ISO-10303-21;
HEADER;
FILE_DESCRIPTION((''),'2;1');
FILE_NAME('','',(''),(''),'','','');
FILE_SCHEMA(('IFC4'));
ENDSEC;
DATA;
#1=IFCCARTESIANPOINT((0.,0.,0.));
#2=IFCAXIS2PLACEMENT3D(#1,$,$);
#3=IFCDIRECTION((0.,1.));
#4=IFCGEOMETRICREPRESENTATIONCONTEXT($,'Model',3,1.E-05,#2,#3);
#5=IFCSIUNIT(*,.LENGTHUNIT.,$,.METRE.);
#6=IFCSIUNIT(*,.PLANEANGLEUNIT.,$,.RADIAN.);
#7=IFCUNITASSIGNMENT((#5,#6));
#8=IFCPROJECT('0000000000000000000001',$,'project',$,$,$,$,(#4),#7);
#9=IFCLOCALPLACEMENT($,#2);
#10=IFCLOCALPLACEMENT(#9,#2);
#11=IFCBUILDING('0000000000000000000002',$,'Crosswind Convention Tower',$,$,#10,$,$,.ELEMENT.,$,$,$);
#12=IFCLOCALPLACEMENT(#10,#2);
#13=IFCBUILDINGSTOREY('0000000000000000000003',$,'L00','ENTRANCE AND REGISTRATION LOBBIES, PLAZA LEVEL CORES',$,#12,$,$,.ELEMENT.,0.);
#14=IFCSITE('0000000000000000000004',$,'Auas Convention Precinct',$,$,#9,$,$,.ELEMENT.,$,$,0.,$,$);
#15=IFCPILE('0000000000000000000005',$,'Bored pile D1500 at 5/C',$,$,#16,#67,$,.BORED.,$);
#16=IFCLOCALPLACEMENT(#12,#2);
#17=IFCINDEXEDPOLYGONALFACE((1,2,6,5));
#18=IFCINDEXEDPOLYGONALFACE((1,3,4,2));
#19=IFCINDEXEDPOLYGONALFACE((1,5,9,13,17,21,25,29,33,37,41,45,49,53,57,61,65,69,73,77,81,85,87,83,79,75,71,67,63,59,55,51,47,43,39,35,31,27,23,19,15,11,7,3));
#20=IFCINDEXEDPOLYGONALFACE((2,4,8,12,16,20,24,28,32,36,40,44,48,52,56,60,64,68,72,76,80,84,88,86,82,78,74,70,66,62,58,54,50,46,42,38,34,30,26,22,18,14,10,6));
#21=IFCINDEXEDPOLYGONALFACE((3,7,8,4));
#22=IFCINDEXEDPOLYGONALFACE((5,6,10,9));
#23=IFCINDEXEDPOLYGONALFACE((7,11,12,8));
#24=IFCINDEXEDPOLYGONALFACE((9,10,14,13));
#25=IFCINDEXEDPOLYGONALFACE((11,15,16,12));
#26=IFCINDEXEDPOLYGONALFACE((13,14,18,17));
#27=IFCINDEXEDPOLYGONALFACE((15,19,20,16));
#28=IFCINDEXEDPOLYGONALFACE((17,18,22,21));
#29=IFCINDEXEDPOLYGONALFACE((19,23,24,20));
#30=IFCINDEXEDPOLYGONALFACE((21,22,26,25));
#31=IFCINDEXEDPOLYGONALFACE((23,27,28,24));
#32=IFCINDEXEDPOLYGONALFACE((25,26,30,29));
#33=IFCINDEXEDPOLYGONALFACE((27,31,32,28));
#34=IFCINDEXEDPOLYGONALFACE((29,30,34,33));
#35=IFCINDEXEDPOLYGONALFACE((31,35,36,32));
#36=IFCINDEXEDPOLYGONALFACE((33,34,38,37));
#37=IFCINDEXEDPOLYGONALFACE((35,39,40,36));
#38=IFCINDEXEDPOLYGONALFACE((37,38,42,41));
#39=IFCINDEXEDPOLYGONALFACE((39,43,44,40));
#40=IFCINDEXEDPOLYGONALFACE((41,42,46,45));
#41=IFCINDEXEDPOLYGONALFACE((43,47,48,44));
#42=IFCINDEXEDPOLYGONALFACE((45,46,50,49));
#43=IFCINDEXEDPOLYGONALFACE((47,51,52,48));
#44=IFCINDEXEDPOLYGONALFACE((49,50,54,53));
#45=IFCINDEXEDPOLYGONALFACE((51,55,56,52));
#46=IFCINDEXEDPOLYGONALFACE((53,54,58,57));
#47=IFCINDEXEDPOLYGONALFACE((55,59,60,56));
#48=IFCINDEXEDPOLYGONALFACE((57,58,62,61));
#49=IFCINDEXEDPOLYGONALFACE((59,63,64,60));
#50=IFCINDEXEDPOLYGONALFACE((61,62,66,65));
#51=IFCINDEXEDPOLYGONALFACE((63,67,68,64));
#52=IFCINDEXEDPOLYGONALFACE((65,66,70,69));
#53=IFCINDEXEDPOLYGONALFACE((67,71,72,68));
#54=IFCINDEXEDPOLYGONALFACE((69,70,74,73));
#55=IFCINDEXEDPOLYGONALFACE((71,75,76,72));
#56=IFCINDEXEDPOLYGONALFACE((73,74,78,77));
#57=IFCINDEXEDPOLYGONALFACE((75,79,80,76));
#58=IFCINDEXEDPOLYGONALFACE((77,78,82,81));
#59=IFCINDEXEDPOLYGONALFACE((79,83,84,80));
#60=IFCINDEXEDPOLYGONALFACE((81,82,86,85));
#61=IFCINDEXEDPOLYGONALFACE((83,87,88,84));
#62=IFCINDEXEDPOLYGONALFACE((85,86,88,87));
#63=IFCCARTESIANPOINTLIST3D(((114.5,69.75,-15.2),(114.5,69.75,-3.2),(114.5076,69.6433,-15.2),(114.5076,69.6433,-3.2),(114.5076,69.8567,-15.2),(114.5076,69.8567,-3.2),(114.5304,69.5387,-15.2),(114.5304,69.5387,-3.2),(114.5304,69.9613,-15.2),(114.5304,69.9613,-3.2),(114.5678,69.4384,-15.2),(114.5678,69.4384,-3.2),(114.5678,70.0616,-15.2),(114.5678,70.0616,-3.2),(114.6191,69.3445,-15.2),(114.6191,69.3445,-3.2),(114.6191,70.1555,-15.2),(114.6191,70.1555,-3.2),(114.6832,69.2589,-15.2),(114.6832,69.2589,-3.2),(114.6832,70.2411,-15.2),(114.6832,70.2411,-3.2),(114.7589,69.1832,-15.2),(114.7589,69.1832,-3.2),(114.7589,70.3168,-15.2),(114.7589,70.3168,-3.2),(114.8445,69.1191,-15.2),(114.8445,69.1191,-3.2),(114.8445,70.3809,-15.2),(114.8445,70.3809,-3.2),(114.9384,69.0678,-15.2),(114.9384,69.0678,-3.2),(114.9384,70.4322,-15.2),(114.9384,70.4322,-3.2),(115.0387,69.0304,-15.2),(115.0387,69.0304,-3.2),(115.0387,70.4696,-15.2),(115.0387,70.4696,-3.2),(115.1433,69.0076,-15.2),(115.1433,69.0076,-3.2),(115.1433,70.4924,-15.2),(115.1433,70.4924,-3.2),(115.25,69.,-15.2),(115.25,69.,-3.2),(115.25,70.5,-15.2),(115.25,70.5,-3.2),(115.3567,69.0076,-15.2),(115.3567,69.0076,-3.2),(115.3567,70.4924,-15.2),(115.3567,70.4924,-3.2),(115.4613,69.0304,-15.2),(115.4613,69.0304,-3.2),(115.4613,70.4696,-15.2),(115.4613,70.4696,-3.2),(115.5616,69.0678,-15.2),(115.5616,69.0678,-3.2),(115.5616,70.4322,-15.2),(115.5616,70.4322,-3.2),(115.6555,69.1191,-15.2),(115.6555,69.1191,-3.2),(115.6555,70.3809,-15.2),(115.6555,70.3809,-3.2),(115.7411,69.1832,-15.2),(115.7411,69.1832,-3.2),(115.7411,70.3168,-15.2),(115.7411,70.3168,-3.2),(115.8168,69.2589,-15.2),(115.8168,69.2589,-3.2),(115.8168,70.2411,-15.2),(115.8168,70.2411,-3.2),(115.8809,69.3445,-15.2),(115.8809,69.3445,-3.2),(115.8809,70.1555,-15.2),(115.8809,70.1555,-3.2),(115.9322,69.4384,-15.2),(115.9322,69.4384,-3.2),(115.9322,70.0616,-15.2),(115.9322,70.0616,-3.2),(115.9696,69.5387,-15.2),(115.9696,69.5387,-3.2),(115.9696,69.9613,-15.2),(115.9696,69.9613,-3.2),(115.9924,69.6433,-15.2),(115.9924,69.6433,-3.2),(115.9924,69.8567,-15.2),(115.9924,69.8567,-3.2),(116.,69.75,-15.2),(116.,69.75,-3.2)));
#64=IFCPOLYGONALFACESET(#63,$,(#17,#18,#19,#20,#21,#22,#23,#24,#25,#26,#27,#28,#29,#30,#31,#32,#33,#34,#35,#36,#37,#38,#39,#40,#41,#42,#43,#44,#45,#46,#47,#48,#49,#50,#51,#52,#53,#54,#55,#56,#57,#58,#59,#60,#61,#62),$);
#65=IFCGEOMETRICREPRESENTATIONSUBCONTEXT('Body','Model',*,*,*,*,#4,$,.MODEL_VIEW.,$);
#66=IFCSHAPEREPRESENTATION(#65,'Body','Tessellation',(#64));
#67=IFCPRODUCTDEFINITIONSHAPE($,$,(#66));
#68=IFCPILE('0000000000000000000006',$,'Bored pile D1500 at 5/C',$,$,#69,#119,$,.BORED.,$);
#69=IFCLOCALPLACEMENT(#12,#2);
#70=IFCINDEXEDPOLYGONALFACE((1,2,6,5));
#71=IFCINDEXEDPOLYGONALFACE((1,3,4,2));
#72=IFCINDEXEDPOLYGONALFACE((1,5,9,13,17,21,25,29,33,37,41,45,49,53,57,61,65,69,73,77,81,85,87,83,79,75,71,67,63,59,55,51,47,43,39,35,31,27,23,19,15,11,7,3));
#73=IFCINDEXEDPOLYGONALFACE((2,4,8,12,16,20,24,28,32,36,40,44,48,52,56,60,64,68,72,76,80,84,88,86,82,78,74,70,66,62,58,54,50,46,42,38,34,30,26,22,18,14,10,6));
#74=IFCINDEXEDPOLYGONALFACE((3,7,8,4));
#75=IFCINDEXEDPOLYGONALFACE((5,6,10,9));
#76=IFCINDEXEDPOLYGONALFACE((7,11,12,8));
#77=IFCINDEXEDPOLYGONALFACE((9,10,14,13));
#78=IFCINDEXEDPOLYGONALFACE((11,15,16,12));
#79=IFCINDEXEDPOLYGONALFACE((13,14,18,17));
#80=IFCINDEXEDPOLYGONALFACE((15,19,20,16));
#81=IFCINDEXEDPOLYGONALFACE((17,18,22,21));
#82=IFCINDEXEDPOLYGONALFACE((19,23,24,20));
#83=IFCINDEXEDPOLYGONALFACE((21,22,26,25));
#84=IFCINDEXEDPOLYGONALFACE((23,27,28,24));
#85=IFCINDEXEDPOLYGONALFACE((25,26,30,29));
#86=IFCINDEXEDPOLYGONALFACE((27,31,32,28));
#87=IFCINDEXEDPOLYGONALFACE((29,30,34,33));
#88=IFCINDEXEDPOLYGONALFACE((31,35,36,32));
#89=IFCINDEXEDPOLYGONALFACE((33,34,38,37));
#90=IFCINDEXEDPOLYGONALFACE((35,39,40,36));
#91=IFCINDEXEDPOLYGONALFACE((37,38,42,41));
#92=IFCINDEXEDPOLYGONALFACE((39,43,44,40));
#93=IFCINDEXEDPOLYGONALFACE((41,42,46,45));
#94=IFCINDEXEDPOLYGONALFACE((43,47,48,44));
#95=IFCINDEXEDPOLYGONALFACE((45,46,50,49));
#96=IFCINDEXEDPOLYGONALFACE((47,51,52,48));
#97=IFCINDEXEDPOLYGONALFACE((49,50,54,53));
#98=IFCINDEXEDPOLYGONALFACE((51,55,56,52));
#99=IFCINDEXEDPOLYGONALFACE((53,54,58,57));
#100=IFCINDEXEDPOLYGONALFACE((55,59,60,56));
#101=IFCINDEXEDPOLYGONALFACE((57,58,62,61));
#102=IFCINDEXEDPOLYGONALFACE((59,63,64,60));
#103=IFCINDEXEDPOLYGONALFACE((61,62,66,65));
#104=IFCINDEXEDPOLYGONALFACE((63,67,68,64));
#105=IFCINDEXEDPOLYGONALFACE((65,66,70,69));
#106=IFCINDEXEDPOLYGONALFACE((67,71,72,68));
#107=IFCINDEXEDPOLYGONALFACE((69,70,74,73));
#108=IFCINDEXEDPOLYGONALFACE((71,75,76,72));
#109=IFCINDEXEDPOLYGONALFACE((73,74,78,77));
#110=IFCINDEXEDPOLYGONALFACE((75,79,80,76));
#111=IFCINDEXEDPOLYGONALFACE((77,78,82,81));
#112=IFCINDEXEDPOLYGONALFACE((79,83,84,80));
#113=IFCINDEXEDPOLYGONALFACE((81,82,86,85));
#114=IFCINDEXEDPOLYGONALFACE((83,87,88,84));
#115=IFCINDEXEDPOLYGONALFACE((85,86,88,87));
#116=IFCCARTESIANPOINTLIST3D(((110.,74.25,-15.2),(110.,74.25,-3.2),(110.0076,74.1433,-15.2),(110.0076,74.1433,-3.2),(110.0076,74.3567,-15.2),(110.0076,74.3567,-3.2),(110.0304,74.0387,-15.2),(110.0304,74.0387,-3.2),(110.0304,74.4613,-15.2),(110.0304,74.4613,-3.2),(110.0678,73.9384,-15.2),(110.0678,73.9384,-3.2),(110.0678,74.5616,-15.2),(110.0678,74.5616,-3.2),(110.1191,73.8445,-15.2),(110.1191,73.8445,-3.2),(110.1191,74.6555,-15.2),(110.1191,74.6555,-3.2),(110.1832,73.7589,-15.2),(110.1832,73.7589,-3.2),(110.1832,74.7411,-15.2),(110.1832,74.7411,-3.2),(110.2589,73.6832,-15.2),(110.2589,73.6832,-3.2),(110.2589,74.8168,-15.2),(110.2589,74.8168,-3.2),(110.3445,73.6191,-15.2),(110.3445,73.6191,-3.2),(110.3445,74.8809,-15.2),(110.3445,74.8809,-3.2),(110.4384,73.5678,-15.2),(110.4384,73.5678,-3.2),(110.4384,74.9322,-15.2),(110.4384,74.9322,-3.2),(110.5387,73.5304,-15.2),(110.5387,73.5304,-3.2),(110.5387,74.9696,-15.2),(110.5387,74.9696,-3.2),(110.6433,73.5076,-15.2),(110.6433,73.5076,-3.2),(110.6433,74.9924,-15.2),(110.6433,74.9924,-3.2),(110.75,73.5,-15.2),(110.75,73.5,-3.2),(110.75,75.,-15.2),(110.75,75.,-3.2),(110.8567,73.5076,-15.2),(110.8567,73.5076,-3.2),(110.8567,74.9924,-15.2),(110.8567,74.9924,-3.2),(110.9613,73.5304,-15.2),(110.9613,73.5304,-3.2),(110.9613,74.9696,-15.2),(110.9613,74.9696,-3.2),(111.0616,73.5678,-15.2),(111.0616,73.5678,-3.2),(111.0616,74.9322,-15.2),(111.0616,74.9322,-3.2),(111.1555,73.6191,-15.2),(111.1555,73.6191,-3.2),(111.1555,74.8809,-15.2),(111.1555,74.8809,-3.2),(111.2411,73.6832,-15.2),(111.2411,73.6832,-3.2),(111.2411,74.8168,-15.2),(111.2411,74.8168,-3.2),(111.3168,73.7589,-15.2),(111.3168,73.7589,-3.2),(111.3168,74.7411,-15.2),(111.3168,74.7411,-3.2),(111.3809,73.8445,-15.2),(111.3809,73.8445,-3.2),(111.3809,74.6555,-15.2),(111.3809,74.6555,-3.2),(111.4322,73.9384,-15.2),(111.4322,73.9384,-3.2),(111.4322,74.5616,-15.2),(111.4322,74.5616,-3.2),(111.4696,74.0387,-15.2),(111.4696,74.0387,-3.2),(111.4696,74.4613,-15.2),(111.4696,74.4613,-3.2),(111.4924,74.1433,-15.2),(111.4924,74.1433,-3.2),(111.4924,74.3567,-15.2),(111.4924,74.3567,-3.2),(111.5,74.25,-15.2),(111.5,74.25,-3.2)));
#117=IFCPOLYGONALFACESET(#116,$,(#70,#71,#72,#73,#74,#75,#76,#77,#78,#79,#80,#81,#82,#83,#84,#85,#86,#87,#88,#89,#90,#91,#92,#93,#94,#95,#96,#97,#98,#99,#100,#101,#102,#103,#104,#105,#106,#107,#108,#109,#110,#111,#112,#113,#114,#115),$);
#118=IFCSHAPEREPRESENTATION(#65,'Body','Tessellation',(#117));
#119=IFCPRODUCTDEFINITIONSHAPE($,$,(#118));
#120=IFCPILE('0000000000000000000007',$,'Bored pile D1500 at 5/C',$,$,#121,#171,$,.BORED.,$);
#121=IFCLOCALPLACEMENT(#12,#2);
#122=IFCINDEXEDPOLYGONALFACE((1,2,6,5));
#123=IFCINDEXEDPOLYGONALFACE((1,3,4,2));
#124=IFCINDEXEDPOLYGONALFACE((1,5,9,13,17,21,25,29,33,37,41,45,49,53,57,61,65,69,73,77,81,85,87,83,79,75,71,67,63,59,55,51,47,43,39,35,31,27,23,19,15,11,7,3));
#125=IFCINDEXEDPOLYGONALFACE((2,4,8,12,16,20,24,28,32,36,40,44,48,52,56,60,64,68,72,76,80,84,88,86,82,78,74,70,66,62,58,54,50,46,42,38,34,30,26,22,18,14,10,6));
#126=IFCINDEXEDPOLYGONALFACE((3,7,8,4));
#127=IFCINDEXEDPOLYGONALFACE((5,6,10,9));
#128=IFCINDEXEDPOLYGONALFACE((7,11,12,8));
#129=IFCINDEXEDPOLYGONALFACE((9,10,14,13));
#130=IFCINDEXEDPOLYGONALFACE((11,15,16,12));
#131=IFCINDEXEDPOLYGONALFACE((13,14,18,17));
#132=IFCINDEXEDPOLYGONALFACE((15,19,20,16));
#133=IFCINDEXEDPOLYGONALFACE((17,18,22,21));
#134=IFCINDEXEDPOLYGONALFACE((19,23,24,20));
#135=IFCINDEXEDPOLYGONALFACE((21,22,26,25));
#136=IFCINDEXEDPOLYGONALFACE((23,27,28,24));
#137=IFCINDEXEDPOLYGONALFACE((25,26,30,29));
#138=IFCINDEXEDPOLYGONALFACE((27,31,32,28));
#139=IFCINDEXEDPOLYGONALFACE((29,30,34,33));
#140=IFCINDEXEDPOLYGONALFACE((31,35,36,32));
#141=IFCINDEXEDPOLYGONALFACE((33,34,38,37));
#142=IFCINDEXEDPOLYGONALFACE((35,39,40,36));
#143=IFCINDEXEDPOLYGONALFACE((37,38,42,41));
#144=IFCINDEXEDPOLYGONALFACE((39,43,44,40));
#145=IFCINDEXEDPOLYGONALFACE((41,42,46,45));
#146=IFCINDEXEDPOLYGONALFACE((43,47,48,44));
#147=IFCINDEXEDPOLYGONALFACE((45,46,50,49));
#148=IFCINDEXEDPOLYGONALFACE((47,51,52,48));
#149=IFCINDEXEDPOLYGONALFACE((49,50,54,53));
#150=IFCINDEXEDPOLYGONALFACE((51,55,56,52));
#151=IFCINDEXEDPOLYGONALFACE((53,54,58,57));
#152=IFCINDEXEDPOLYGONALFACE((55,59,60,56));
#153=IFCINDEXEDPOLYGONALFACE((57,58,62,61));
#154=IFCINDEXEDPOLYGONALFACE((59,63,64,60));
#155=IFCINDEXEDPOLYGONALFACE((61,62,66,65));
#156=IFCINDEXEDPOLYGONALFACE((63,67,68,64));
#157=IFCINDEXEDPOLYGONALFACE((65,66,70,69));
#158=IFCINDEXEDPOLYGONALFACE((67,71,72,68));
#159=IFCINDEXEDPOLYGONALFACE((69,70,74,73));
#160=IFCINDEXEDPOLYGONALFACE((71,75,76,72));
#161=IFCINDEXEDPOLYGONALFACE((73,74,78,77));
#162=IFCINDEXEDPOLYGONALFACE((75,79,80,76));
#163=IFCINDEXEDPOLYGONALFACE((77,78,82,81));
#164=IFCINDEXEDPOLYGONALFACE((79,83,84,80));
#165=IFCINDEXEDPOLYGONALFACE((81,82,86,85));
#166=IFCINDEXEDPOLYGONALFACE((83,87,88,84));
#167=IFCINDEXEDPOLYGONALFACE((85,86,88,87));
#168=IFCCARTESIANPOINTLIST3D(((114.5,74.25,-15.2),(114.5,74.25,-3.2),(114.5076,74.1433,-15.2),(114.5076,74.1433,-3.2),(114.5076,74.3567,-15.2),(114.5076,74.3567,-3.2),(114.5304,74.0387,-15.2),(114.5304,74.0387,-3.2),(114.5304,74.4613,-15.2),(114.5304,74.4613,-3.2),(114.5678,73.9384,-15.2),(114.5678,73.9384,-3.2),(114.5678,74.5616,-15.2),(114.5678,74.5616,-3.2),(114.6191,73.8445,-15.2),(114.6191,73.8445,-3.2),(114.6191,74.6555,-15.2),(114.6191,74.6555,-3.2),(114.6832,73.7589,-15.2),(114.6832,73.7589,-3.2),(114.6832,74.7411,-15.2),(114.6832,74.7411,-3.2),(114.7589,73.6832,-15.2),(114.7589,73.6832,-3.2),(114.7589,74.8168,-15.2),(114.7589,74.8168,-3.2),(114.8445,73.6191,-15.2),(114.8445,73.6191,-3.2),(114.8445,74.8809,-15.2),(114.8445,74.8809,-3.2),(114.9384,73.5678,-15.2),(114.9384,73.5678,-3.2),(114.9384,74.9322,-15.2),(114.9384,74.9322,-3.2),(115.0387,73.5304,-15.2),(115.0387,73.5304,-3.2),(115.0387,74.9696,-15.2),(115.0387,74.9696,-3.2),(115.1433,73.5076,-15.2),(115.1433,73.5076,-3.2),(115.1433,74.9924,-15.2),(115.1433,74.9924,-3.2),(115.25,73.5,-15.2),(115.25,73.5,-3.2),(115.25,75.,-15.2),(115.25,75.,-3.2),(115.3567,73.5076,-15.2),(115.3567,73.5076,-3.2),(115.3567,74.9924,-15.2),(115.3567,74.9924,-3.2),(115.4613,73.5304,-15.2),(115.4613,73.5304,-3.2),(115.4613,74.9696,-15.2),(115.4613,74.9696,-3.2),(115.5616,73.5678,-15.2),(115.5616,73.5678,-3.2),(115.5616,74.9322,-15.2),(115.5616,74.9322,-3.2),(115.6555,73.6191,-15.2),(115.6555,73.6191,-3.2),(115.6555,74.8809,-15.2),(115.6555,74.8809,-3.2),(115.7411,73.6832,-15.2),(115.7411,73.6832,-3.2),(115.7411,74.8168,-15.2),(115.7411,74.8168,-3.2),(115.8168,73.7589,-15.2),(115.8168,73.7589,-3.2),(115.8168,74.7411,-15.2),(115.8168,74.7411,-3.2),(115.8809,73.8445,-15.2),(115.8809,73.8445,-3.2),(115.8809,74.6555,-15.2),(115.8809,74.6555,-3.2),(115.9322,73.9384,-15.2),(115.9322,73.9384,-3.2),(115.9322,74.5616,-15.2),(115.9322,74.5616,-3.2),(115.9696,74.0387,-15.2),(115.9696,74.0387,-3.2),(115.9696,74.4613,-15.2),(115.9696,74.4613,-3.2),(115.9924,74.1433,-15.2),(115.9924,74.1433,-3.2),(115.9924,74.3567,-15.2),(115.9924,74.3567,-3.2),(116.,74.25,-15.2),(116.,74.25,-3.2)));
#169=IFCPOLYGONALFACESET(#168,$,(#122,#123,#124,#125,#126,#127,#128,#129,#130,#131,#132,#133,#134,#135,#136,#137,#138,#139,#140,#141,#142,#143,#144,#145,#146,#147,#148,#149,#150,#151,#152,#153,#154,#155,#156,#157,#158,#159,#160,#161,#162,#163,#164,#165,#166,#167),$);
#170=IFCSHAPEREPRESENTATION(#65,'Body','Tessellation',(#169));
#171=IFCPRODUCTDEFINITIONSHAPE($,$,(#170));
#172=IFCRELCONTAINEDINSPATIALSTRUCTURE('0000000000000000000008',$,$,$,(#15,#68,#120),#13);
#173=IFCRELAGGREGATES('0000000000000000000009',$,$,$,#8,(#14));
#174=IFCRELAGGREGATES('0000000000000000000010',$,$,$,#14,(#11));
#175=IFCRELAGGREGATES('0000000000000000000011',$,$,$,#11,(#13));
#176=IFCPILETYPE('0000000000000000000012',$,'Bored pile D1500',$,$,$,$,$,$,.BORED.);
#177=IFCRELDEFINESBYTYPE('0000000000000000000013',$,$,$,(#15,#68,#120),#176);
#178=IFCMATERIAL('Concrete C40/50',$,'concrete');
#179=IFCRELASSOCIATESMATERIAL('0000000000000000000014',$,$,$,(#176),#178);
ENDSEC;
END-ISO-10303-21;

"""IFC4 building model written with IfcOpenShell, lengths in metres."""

from ifc_helpers import new_model, si_unit, direction, frame, origin, origin_2d, place, context, subcontext, project, spatial, circle, extrude, material, material_profile, profile_set, type_object, element, save


model = new_model("IFC4")

# Units and contexts
model_context = context("Model", 3, precision=1e-05, world=origin(), true_north=direction((0.0, 1.0)))
body_context = subcontext(model_context, "Body", "Model", "MODEL_VIEW")
ifc_project = project(units=[si_unit("LENGTHUNIT", "METRE"), si_unit("PLANEANGLEUNIT", "RADIAN")], contexts=[model_context])

# Site, building, storey
site_placement = place(None, origin())
site = spatial("IfcSite", under=ifc_project, at=site_placement, Name="Auas Convention Precinct", CompositionType="ELEMENT", RefElevation=0.0)
building_placement = place(site_placement, origin())
building = spatial("IfcBuilding", under=site, at=building_placement, Name="Crosswind Convention Tower", CompositionType="ELEMENT")
storey_placement = place(building_placement, origin())
storey = spatial("IfcBuildingStorey", under=building, at=storey_placement, Name="L00", Description="ENTRANCE AND REGISTRATION LOBBIES, PLAZA LEVEL CORES", CompositionType="ELEMENT", Elevation=0.0)

# Piles
ifc_material_1 = material(Name="Concrete C40/50", Category="concrete")
ifc_material_profile_1 = material_profile(ifc_material_1, circle(Radius=0.75, at=origin_2d()), Name="Bored pile D1500")
ifc_profile_set_1 = profile_set([ifc_material_profile_1], Name="Concrete C40/50")
pile_type_1 = type_object("IfcPileType", Name="Bored pile D1500", PredefinedType="BORED", material=ifc_profile_set_1)
for number, where, z_axis, x_axis, name in (
    (1, (115.25, 69.75, -3.2), (0.0, 0.0, -1.0), (1.0, 0.0, 0.0), "Bored pile D1500 at 5/C"),
    (2, (110.75, 74.25, -3.2), (0.0, 0.0, -1.0), (1.0, 0.0, 0.0), "Bored pile D1500 at 5/C"),
    (3, (115.25, 74.25, -3.2), (0.0, 0.0, -1.0), (1.0, 0.0, 0.0), "Bored pile D1500 at 5/C"),
):
    element("IfcPile", number, at=place(storey_placement, frame(where, z_axis=z_axis, x_axis=x_axis)), inside=storey, type_object=pile_type_1, Name=name, PredefinedType="BORED", context=body_context, shape_type="SweptSolid", body=[
        extrude(circle(Radius=0.75, at=origin_2d()), origin(), (0.0, 0.0, 1.0), 12.0),
    ])

save(model, "model.ifc")
